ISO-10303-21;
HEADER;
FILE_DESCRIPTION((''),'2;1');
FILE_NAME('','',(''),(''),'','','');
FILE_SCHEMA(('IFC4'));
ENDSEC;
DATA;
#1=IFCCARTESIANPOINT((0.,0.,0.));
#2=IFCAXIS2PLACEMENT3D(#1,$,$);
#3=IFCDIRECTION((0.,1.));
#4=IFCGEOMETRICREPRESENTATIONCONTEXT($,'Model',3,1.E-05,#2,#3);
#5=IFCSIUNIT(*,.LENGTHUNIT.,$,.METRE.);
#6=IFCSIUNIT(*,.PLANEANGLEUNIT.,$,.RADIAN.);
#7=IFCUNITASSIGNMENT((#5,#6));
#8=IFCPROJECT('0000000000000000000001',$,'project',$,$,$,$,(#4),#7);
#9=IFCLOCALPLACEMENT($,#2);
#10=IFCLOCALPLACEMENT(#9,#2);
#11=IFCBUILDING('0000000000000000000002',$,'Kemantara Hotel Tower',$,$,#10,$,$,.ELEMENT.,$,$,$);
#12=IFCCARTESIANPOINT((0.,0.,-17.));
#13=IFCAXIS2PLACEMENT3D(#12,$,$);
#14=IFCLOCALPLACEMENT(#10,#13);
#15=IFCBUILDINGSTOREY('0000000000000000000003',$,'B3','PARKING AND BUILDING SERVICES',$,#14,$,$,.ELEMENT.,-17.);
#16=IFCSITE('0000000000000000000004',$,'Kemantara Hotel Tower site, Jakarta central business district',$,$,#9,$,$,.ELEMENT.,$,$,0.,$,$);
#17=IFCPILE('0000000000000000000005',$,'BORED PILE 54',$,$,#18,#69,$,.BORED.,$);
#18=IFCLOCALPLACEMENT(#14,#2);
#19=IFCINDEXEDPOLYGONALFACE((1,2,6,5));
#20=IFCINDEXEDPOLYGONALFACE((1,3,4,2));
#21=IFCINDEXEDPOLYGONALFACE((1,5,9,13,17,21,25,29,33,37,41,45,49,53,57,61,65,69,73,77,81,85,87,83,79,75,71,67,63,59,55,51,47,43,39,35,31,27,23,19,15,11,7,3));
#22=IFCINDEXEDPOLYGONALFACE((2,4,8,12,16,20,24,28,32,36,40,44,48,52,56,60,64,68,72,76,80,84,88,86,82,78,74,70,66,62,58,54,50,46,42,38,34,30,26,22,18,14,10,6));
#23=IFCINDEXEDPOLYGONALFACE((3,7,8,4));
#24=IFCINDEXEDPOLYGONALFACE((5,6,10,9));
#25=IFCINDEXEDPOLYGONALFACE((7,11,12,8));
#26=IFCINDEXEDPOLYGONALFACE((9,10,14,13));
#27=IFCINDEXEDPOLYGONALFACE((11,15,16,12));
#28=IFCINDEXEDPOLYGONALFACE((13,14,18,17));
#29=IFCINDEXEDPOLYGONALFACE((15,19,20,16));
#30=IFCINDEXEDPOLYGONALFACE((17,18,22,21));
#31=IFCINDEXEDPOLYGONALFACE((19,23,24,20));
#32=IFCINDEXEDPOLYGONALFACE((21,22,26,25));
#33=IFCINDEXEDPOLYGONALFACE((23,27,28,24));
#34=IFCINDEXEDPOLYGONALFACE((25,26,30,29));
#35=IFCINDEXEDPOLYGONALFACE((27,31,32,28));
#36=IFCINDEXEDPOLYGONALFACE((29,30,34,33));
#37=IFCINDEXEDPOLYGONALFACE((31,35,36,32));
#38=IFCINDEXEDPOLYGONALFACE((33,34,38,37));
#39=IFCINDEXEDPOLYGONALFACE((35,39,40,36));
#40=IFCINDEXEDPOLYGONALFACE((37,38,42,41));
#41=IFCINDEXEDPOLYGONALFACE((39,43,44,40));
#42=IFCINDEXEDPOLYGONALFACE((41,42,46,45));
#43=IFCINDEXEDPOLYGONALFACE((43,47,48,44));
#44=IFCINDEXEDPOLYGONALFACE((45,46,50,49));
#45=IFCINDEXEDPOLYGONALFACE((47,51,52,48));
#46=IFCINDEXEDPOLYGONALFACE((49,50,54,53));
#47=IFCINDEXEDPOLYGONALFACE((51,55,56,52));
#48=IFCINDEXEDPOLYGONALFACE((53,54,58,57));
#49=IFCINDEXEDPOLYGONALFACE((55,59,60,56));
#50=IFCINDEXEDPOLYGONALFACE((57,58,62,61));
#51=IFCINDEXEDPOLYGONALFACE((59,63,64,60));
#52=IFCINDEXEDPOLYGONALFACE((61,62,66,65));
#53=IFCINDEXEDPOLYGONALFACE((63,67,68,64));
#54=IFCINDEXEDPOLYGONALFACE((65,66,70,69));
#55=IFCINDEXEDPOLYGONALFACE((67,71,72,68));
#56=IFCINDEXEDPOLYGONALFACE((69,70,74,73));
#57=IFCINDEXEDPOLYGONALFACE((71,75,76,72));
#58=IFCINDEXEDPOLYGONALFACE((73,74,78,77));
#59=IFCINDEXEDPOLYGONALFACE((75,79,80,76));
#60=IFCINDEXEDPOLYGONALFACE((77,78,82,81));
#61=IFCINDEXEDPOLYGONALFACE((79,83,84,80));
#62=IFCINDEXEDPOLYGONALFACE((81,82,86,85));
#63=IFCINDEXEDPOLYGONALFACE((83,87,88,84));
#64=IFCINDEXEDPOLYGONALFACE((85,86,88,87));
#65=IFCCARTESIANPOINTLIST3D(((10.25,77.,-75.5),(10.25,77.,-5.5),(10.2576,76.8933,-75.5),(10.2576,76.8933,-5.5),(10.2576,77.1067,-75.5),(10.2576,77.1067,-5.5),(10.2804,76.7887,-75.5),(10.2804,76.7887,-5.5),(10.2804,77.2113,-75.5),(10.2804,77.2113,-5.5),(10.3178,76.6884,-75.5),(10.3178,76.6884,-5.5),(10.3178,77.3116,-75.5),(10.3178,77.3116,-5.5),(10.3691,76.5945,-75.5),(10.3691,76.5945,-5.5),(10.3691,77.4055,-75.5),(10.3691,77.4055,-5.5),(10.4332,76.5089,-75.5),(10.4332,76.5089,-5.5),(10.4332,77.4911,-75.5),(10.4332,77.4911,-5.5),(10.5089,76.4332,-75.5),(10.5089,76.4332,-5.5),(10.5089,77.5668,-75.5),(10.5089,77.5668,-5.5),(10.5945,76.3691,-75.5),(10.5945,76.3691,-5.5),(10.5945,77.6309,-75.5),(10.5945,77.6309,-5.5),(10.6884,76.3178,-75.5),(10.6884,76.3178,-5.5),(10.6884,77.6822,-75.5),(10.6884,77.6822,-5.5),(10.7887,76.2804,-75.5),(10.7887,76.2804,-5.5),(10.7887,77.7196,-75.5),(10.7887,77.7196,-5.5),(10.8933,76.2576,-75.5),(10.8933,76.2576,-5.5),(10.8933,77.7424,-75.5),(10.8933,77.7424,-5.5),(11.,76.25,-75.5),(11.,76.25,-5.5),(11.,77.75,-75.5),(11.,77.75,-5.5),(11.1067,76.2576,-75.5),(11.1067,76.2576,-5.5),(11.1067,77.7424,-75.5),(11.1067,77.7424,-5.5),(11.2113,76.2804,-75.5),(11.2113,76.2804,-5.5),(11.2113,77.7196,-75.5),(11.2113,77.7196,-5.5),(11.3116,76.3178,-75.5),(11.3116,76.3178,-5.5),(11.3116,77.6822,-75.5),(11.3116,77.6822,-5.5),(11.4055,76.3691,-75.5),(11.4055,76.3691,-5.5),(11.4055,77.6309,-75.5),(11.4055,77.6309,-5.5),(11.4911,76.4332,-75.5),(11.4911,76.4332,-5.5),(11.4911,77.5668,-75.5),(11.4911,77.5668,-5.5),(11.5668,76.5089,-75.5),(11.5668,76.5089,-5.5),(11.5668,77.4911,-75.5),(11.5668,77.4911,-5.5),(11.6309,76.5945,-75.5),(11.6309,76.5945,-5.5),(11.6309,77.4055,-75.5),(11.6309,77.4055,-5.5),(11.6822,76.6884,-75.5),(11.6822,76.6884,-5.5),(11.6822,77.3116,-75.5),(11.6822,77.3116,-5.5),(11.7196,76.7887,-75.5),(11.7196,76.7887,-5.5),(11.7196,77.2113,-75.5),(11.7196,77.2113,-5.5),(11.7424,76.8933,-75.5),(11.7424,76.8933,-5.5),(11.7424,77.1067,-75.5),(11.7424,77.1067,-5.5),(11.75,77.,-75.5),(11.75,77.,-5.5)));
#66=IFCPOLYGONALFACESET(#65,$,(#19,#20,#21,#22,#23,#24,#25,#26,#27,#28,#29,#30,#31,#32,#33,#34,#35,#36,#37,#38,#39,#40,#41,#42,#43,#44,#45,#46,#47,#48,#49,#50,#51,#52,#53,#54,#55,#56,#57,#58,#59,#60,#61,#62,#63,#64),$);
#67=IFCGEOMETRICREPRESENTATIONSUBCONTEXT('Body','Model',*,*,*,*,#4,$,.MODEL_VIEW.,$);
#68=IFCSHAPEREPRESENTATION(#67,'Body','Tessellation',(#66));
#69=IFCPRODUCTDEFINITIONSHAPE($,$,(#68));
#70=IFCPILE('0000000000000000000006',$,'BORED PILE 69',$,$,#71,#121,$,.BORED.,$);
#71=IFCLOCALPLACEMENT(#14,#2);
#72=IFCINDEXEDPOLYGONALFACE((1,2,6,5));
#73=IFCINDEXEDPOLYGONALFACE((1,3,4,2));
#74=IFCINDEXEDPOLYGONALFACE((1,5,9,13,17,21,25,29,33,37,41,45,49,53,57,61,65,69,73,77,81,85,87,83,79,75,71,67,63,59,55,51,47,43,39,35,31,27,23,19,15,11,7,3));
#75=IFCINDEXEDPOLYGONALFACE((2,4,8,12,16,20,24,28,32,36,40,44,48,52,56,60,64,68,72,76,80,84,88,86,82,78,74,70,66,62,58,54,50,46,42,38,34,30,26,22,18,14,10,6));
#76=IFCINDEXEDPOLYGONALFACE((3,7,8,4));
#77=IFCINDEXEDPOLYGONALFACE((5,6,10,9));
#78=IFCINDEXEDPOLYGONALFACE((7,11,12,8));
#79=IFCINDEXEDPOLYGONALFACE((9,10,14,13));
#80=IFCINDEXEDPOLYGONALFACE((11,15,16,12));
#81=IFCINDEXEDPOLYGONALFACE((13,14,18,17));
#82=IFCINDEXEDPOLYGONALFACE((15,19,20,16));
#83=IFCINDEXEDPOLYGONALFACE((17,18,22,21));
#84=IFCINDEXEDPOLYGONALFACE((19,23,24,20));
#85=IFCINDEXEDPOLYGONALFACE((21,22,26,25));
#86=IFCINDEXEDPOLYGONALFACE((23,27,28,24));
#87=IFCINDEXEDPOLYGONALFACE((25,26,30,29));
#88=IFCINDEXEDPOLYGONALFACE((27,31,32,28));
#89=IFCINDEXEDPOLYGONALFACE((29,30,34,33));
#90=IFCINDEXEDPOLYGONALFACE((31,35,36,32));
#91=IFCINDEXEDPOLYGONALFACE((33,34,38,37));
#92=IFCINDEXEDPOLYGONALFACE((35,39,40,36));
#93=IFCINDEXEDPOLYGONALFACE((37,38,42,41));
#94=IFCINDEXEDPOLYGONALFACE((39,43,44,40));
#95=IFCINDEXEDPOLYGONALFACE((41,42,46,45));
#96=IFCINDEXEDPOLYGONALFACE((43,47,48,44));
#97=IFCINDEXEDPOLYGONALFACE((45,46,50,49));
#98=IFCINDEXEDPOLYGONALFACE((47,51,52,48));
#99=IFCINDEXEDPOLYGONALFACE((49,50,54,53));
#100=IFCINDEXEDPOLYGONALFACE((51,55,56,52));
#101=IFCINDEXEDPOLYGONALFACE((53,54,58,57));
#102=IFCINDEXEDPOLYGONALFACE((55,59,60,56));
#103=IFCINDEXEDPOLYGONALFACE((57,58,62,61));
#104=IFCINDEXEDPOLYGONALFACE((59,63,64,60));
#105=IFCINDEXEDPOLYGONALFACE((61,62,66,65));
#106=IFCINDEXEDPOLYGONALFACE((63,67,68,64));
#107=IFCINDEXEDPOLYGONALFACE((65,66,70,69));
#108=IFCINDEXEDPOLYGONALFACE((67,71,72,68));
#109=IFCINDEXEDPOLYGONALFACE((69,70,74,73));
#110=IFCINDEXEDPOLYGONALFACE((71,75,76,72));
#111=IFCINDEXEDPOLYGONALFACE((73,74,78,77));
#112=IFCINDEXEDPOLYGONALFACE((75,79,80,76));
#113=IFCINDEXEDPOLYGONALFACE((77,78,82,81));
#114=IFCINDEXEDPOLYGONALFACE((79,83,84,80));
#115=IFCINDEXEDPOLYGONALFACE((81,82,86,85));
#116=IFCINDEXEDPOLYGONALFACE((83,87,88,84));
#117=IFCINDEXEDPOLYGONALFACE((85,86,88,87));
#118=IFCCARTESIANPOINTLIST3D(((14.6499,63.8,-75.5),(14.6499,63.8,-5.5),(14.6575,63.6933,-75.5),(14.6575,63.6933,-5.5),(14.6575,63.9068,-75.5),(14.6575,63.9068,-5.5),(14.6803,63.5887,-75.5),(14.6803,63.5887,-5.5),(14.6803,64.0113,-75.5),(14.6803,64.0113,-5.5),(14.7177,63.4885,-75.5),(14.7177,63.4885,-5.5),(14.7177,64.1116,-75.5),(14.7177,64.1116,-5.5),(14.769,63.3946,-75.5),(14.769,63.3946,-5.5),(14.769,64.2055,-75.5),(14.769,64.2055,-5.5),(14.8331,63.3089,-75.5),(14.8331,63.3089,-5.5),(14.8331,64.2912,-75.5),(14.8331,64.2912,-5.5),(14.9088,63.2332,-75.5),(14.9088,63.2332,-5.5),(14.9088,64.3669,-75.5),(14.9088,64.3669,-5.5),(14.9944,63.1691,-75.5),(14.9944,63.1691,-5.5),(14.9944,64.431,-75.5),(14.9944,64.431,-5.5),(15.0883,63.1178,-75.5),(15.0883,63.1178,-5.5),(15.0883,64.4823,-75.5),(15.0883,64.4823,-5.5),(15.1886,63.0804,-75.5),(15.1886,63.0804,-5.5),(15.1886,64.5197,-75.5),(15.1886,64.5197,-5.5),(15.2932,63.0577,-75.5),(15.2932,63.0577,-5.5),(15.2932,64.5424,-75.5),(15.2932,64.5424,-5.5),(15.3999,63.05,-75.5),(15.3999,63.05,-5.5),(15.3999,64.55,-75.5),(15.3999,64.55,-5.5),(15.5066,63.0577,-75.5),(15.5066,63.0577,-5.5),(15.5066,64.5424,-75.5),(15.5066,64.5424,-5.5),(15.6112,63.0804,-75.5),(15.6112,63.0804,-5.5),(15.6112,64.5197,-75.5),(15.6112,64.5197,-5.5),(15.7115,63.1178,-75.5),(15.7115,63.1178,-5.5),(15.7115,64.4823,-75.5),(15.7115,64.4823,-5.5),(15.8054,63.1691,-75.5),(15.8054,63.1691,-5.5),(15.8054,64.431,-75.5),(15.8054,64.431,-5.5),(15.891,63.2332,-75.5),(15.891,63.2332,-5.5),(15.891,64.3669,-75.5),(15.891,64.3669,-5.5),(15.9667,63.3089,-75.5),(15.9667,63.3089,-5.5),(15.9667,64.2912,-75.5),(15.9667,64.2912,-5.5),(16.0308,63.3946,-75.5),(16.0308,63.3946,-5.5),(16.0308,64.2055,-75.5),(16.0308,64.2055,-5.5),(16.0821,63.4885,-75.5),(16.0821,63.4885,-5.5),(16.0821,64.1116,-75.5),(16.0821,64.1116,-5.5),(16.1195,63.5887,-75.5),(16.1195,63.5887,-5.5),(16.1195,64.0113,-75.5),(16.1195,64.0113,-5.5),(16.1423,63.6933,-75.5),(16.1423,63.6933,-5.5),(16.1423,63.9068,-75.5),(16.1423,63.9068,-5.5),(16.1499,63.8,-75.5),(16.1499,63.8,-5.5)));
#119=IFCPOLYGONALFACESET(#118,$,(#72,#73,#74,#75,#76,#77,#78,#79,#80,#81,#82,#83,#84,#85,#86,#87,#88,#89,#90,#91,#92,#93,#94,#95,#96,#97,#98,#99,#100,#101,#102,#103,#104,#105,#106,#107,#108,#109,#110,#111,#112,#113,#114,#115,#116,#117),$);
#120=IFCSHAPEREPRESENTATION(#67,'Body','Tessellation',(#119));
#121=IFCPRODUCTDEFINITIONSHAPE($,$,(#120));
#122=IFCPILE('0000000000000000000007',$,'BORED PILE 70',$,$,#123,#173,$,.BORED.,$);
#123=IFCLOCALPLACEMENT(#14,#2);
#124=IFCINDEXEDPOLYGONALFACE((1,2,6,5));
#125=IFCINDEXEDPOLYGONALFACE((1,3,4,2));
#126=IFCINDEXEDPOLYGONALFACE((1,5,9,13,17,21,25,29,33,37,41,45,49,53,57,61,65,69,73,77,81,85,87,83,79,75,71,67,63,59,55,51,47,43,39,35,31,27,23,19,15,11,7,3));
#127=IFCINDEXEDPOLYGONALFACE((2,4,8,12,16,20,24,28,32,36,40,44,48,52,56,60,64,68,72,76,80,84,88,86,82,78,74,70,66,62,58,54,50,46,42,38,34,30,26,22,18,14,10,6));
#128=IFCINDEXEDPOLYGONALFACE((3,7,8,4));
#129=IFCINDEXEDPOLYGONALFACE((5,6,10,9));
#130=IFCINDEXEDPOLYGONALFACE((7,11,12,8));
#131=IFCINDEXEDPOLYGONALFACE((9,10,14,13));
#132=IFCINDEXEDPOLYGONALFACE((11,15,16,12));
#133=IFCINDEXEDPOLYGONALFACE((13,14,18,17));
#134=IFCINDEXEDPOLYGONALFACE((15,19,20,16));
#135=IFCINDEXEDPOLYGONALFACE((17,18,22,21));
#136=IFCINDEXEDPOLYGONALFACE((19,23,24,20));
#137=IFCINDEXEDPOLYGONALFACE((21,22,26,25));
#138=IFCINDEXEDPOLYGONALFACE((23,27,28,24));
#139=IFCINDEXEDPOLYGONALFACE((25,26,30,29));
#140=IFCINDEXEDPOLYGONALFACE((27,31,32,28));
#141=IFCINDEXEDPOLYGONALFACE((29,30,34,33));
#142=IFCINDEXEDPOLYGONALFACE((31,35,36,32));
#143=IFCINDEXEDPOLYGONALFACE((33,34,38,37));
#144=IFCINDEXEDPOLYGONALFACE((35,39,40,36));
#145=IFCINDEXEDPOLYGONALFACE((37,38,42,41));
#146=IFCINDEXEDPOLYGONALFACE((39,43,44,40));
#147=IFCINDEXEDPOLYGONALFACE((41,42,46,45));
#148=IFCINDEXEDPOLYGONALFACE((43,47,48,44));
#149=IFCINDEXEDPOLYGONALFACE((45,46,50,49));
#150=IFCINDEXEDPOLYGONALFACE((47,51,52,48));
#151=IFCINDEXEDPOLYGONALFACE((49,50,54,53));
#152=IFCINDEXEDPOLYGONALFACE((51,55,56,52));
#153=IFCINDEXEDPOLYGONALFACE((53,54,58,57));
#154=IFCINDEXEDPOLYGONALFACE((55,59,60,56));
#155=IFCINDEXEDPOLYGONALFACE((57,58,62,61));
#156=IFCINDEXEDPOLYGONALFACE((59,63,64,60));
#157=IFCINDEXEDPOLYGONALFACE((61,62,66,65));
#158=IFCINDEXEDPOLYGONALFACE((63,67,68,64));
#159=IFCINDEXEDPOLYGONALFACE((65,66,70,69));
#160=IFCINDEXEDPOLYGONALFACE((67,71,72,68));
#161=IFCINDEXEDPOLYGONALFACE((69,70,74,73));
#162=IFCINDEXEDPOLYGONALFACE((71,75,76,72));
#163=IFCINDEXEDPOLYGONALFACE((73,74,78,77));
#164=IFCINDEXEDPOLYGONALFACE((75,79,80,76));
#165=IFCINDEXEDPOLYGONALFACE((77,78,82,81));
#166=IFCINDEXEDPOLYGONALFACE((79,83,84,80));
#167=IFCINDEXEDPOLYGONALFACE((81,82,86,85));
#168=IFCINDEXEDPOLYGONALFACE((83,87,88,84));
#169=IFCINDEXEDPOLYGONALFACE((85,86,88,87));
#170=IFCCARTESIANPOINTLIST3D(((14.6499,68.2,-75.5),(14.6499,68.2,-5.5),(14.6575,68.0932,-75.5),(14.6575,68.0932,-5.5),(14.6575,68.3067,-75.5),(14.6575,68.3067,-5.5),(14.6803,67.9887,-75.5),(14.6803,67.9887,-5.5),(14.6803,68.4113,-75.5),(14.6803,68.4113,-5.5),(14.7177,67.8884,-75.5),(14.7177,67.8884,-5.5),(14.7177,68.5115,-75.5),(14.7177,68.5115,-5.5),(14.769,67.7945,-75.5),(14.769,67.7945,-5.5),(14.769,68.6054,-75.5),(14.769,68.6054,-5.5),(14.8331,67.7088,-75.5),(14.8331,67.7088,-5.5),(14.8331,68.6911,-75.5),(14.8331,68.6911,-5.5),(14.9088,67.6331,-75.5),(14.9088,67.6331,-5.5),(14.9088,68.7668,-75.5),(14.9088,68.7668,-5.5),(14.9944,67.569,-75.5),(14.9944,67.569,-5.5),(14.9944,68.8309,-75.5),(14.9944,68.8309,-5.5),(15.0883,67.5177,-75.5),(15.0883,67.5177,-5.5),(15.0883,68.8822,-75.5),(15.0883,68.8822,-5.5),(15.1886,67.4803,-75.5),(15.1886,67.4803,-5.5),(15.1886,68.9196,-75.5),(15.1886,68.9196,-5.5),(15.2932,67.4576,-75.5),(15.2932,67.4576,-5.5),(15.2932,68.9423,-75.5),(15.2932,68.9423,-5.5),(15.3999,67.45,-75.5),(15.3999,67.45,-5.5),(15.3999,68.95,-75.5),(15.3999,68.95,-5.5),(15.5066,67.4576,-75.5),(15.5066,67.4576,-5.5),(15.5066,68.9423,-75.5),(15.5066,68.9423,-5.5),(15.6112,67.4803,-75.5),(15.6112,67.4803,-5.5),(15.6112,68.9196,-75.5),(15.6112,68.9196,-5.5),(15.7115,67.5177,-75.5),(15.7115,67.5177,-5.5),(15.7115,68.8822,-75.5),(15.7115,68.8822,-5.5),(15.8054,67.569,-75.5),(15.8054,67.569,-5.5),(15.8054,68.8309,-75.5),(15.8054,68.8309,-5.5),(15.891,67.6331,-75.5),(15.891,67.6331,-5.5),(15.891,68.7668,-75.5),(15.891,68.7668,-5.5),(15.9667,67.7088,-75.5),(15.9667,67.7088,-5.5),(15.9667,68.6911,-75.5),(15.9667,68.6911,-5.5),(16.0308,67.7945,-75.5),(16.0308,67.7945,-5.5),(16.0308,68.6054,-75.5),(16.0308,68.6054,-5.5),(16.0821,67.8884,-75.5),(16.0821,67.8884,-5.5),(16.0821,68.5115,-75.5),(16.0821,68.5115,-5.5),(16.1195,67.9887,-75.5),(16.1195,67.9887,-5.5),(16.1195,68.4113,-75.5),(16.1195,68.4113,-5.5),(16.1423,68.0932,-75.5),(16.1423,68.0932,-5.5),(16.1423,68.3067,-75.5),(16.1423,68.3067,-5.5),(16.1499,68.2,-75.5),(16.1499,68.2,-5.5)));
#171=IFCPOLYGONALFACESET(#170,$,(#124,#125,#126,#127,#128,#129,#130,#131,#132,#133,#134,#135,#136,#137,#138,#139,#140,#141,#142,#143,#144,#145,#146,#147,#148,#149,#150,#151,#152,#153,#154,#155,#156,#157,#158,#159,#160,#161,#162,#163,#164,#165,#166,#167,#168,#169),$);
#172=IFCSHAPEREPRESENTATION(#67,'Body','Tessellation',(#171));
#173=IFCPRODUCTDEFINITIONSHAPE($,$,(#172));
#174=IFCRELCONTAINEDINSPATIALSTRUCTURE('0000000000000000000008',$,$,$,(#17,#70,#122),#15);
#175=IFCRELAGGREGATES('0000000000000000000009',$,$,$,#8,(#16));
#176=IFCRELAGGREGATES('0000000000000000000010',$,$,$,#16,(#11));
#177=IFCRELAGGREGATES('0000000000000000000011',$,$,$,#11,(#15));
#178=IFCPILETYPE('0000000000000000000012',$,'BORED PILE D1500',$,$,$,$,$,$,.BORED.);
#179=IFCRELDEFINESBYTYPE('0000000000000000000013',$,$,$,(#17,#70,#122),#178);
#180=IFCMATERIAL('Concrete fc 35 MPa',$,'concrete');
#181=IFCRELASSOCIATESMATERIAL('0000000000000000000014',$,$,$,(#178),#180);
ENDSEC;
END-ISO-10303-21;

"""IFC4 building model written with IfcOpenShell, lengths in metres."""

from ifc_helpers import new_model, si_unit, direction, frame, origin, origin_2d, place, context, subcontext, project, spatial, circle, extrude, material, material_profile, profile_set, type_object, element, save


model = new_model("IFC4")

# Units and contexts
model_context = context("Model", 3, precision=1e-05, world=origin(), true_north=direction((0.0, 1.0)))
body_context = subcontext(model_context, "Body", "Model", "MODEL_VIEW")
ifc_project = project(units=[si_unit("LENGTHUNIT", "METRE"), si_unit("PLANEANGLEUNIT", "RADIAN")], contexts=[model_context])

# Site, building, storey
site_placement = place(None, origin())
site = spatial("IfcSite", under=ifc_project, at=site_placement, Name="Kemantara Hotel Tower site, Jakarta central business district", CompositionType="ELEMENT", RefElevation=0.0)
building_placement = place(site_placement, origin())
building = spatial("IfcBuilding", under=site, at=building_placement, Name="Kemantara Hotel Tower", CompositionType="ELEMENT")
storey_placement = place(building_placement, frame((0.0, 0.0, -17.0)))
storey = spatial("IfcBuildingStorey", under=building, at=storey_placement, Name="B3", Description="PARKING AND BUILDING SERVICES", CompositionType="ELEMENT", Elevation=-17.0)

# Piles
ifc_material_1 = material(Name="Concrete fc 35 MPa", Category="concrete")
ifc_material_profile_1 = material_profile(ifc_material_1, circle(Radius=0.75, at=origin_2d()), Name="BORED PILE D1500")
ifc_profile_set_1 = profile_set([ifc_material_profile_1], Name="Concrete fc 35 MPa")
pile_type = type_object("IfcPileType", Name="BORED PILE D1500", PredefinedType="BORED", material=ifc_profile_set_1)
for number, where, z_axis, x_axis, name in (
    (1, (11.0, 77.0, -5.5), (0.0, 0.0, -1.0), (1.0, 0.0, 0.0), "BORED PILE 54"),
    (2, (15.3999, 63.8, -5.5), (0.0, 0.0, -1.0), (1.0, 0.0, 0.0), "BORED PILE 69"),
    (3, (15.3999, 68.2, -5.5), (0.0, 0.0, -1.0), (1.0, 0.0, 0.0), "BORED PILE 70"),
):
    element("IfcPile", number, at=place(storey_placement, frame(where, z_axis=z_axis, x_axis=x_axis)), inside=storey, type_object=pile_type, Name=name, PredefinedType="BORED", context=body_context, shape_type="SweptSolid", body=[
        extrude(circle(Radius=0.75, at=origin_2d()), origin(), (0.0, 0.0, 1.0), 70.0),
    ])

save(model, "model.ifc")
